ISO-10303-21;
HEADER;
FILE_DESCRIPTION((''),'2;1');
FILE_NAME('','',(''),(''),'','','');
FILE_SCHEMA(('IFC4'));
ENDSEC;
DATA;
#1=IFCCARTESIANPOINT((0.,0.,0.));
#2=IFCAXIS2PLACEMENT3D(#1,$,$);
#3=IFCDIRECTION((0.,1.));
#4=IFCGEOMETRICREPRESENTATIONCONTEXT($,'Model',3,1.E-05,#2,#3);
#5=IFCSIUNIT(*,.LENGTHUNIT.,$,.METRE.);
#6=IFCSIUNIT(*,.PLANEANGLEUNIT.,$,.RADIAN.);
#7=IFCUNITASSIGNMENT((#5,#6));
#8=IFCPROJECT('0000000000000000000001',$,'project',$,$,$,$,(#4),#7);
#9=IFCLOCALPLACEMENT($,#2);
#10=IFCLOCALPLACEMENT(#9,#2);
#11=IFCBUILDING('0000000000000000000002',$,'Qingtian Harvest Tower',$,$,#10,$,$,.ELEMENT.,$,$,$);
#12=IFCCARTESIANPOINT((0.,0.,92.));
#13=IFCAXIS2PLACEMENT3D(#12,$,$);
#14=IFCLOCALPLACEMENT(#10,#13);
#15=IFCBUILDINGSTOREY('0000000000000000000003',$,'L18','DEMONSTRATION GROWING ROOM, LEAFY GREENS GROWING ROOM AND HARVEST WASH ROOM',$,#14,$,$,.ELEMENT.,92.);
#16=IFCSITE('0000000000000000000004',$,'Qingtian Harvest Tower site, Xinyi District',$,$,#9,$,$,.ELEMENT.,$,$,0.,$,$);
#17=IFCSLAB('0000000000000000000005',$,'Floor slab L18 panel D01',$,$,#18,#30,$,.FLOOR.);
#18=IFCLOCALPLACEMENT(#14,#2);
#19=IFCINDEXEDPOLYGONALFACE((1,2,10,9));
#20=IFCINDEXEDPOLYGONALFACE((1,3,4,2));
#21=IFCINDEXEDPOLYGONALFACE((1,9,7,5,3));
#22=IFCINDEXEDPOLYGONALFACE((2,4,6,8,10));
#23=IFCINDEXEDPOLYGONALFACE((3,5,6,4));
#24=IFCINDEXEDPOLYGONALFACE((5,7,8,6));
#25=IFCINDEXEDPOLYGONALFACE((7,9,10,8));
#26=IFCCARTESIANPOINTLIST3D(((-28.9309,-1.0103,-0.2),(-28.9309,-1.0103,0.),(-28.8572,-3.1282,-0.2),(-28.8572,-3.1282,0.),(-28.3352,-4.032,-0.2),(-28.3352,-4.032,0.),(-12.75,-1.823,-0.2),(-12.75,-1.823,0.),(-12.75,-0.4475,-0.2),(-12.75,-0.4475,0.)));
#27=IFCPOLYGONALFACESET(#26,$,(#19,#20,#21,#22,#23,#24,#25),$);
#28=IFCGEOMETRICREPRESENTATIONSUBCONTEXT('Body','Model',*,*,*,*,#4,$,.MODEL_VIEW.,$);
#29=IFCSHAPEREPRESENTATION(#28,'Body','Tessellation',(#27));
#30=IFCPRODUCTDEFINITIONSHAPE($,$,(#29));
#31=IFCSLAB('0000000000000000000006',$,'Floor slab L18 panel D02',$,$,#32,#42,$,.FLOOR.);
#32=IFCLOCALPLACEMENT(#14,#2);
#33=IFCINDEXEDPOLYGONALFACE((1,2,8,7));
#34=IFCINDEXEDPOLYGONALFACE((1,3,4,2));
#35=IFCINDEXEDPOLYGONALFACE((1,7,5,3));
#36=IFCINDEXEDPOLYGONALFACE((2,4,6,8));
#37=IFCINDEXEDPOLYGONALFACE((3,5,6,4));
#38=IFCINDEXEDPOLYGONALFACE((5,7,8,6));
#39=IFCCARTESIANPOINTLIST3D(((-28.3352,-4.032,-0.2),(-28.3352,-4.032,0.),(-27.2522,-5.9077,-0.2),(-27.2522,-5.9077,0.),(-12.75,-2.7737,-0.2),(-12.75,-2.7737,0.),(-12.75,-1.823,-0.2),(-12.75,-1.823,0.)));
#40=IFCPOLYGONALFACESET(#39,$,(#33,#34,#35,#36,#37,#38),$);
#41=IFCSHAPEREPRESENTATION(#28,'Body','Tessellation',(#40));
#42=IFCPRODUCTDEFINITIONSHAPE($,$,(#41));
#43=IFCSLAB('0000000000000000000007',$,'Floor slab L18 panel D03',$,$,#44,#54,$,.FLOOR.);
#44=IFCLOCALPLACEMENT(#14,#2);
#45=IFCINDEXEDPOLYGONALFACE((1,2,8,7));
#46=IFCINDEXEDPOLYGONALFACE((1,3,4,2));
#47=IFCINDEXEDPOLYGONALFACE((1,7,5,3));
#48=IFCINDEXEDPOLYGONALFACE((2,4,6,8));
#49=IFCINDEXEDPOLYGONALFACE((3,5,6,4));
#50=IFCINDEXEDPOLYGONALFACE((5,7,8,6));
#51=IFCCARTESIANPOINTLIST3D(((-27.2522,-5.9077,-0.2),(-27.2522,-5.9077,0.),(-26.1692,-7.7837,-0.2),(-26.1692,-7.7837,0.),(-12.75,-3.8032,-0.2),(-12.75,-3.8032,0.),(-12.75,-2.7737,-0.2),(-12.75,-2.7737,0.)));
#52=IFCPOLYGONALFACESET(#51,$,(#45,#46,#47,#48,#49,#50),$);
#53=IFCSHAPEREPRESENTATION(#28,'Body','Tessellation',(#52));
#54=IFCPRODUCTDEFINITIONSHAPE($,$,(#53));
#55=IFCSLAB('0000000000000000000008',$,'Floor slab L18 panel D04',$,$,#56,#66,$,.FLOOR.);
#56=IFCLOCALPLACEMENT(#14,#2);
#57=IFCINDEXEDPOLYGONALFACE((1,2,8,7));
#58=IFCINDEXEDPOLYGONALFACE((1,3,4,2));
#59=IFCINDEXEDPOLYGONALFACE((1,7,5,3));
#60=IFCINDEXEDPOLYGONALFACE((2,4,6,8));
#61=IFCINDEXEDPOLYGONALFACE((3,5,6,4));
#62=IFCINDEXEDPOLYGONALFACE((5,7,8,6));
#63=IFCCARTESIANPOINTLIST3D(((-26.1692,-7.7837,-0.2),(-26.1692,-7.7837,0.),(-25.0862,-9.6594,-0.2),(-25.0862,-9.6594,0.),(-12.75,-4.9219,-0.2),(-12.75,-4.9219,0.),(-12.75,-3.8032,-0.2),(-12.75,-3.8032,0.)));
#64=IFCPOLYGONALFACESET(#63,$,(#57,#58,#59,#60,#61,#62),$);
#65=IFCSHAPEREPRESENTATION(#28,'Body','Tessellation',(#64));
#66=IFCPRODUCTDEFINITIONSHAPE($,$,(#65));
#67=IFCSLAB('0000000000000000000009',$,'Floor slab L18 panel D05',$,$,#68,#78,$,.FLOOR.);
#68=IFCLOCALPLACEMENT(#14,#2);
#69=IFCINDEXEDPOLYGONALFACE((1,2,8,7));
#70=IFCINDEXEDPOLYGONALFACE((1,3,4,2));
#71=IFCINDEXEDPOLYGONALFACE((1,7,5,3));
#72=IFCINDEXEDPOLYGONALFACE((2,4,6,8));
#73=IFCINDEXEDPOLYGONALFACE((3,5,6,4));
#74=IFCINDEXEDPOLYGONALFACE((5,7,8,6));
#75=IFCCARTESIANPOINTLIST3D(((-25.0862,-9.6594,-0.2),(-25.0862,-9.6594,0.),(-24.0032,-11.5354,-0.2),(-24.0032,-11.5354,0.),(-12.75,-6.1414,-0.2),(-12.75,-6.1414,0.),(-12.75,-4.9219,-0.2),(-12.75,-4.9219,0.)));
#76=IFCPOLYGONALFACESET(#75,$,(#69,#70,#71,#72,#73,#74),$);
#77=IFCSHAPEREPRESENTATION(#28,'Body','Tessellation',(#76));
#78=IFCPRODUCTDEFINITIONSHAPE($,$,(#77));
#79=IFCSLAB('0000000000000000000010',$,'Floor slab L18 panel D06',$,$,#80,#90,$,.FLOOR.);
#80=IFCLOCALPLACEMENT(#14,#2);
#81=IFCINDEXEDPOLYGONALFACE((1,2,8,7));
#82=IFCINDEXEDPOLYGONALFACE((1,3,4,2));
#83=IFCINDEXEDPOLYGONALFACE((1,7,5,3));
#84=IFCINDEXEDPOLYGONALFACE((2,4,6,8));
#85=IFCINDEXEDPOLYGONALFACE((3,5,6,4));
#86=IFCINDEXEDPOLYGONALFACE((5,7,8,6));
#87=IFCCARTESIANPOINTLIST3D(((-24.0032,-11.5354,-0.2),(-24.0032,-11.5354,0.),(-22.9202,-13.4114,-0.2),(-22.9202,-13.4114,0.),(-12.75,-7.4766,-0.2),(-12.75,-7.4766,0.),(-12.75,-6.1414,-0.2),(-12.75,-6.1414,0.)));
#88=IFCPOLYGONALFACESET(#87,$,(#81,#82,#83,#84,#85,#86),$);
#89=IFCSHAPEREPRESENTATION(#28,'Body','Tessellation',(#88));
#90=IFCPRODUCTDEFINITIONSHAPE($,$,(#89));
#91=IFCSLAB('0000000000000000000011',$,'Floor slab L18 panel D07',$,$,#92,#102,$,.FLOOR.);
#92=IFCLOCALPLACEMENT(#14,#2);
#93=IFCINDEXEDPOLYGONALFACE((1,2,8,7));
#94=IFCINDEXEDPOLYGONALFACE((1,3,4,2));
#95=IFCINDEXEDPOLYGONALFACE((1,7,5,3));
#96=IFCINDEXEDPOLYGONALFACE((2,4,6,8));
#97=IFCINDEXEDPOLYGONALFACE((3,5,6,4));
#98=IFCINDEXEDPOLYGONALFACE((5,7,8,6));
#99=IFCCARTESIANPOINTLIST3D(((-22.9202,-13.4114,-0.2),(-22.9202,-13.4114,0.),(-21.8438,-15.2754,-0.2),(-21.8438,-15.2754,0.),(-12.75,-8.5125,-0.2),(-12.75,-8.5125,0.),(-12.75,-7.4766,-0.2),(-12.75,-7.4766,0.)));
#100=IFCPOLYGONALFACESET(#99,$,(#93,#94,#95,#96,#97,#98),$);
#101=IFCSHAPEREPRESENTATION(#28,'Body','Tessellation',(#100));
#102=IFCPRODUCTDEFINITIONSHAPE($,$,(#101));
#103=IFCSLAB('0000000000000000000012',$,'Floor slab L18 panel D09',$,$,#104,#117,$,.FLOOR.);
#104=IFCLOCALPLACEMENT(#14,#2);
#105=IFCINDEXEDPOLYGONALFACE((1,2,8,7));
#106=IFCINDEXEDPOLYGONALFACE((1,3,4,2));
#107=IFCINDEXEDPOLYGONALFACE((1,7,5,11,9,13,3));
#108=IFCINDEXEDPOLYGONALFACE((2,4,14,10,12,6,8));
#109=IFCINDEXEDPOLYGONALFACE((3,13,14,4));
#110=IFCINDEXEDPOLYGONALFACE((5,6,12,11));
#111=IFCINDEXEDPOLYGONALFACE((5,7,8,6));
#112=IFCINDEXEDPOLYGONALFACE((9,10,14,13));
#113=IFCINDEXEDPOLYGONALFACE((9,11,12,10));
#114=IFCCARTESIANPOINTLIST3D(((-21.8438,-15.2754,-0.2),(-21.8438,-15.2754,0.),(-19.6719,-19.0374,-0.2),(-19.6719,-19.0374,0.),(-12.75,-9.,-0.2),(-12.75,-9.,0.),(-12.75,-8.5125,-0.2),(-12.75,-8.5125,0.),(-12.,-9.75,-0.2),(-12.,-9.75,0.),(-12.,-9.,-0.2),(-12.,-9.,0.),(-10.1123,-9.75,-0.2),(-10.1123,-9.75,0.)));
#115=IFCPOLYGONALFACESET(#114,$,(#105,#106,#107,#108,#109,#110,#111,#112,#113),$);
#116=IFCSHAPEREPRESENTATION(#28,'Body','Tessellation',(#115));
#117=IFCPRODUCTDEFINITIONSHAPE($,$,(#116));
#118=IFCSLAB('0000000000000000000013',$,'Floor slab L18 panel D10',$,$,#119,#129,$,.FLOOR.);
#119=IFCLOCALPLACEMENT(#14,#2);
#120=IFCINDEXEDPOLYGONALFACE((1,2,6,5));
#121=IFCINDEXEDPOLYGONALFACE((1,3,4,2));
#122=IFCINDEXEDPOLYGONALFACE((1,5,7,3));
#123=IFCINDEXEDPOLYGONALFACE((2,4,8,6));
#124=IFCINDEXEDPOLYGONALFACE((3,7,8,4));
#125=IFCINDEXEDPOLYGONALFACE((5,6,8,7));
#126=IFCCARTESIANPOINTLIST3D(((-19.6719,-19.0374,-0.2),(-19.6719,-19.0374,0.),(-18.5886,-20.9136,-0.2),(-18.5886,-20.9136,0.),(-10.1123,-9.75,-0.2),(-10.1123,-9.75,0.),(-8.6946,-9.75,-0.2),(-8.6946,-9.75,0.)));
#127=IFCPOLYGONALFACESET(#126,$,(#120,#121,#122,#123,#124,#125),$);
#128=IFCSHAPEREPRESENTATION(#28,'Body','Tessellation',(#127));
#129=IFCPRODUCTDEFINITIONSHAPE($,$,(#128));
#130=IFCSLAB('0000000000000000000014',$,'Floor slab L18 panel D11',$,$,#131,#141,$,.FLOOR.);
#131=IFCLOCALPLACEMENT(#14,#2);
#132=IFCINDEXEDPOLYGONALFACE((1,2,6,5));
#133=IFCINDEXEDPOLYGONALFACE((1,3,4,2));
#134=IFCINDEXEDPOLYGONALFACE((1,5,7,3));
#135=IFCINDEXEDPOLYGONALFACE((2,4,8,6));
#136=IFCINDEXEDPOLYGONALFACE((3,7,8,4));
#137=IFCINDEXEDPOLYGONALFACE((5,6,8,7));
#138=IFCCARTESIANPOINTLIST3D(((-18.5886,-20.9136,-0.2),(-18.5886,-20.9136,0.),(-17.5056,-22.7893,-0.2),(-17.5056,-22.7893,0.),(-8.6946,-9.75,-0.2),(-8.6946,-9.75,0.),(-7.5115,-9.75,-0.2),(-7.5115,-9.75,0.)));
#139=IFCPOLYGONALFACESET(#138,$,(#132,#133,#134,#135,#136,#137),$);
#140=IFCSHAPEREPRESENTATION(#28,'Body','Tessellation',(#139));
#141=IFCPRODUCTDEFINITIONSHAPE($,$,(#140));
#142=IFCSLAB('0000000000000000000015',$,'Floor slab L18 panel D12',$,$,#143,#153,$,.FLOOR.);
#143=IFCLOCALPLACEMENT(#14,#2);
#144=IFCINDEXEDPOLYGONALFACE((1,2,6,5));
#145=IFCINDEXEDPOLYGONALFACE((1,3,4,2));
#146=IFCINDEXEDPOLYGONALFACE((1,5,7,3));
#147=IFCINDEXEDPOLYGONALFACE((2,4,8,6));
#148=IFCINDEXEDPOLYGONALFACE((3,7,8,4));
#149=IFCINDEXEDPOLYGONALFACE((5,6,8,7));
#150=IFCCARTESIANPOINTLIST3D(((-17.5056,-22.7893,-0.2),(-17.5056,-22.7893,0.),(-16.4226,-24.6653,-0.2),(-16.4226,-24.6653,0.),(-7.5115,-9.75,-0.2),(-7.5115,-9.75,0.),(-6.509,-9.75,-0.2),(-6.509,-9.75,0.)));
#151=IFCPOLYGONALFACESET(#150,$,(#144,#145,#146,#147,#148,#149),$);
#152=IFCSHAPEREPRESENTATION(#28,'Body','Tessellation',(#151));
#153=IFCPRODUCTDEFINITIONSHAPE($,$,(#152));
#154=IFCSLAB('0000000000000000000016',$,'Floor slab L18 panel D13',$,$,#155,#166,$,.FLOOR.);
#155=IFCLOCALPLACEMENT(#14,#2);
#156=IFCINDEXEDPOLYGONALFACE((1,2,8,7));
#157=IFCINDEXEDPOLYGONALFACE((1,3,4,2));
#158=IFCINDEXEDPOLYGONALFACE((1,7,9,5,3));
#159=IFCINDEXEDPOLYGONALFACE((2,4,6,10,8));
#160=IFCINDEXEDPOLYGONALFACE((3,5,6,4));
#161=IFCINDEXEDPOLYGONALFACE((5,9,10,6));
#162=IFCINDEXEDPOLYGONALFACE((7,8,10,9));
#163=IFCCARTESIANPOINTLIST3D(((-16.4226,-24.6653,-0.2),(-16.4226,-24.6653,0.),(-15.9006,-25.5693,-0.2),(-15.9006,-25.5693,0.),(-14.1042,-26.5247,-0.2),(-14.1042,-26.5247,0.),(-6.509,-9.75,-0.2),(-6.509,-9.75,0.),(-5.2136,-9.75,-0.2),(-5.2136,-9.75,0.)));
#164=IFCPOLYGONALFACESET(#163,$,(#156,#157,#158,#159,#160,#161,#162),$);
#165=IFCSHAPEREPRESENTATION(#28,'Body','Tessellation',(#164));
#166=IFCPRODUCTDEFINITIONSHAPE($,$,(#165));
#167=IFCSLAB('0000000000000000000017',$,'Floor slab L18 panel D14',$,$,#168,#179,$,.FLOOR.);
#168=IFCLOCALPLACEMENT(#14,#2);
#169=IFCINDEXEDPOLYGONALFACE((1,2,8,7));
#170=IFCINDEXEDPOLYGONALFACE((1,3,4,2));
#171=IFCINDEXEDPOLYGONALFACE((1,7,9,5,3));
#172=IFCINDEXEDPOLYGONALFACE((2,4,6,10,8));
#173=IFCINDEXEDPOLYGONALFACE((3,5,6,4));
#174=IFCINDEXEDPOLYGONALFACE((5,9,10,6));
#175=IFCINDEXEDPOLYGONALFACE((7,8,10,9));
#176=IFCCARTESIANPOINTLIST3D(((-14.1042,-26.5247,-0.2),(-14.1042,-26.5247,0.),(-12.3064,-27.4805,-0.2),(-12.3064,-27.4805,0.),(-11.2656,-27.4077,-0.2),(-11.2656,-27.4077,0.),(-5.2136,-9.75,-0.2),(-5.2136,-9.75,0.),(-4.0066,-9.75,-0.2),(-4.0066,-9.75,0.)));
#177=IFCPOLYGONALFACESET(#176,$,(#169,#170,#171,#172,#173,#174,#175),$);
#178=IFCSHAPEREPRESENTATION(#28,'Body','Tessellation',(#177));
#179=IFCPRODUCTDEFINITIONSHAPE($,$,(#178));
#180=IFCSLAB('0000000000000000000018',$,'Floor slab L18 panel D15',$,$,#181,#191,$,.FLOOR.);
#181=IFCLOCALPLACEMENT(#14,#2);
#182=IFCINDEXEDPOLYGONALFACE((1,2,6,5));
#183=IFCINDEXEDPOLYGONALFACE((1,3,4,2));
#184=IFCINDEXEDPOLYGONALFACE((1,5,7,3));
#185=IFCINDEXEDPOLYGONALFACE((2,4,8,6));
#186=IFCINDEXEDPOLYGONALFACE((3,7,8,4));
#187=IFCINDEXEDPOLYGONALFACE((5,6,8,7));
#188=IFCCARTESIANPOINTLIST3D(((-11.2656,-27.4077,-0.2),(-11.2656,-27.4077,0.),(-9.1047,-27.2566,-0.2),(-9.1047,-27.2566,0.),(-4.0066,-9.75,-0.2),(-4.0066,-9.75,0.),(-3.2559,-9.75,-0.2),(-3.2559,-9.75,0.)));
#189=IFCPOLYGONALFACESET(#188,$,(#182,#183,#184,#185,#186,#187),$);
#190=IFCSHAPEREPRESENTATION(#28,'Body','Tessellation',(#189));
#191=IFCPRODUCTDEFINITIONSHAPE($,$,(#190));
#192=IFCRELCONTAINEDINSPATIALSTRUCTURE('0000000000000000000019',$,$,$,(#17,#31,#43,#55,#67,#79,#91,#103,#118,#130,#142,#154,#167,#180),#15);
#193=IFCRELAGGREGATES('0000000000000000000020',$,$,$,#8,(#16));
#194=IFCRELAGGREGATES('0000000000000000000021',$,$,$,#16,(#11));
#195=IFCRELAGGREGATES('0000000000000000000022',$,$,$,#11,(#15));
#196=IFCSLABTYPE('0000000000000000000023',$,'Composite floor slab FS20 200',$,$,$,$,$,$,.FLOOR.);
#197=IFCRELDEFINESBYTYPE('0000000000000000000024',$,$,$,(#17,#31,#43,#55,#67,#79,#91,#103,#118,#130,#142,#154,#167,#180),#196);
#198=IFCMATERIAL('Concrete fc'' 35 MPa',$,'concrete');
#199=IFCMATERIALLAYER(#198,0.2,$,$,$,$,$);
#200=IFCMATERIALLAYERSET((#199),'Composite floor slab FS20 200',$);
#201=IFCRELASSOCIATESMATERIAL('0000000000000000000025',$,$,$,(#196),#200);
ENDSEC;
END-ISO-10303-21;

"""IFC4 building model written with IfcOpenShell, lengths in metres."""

from ifc_helpers import new_model, si_unit, direction, frame, origin, place, context, subcontext, project, spatial, polyline, outline, extrude, material, layer, layer_set, type_object, element, save


model = new_model("IFC4")

# Units and contexts
model_context = context("Model", 3, precision=1e-05, world=origin(), true_north=direction((0.0, 1.0)))
body_context = subcontext(model_context, "Body", "Model", "MODEL_VIEW")
ifc_project = project(units=[si_unit("LENGTHUNIT", "METRE"), si_unit("PLANEANGLEUNIT", "RADIAN")], contexts=[model_context])

# Site, building, storey
site_placement = place(None, origin())
site = spatial("IfcSite", under=ifc_project, at=site_placement, Name="Qingtian Harvest Tower site, Xinyi District", CompositionType="ELEMENT", RefElevation=0.0)
building_placement = place(site_placement, origin())
building = spatial("IfcBuilding", under=site, at=building_placement, Name="Qingtian Harvest Tower", CompositionType="ELEMENT")
storey_placement = place(building_placement, frame((0.0, 0.0, 92.0)))
storey = spatial("IfcBuildingStorey", under=building, at=storey_placement, Name="L18", Description="DEMONSTRATION GROWING ROOM, LEAFY GREENS GROWING ROOM AND HARVEST WASH ROOM", CompositionType="ELEMENT", Elevation=92.0)

# Slabs
ifc_material_1 = material(Name="Concrete fc' 35 MPa", Category="concrete")
ifc_layer_1 = layer(ifc_material_1, 0.2)
ifc_layer_set_1 = layer_set([ifc_layer_1], Name="Composite floor slab FS20 200")
slab_type_1 = type_object("IfcSlabType", Name="Composite floor slab FS20 200", PredefinedType="FLOOR", material=ifc_layer_set_1)
slab_1_placement = place(storey_placement, frame((0.0, 0.0, -0.2)))
element("IfcSlab", 1, at=slab_1_placement, inside=storey, type_object=slab_type_1, Name="Floor slab L18 panel D01", PredefinedType="FLOOR", context=body_context, shape_type="SweptSolid", body=[
    extrude(outline(polyline([(-28.9309, -1.0103), (-12.75, -0.4475), (-12.75, -1.823), (-28.3352, -4.032), (-28.8572, -3.1282), (-28.9309, -1.0103)])), origin(), (0.0, 0.0, 1.0), 0.2),
])
slab_2_placement = place(storey_placement, frame((0.0, 0.0, -0.2)))
element("IfcSlab", 2, at=slab_2_placement, inside=storey, type_object=slab_type_1, Name="Floor slab L18 panel D02", PredefinedType="FLOOR", context=body_context, shape_type="SweptSolid", body=[
    extrude(outline(polyline([(-12.75, -2.7737), (-27.2522, -5.9077), (-28.3352, -4.032), (-12.75, -1.823), (-12.75, -2.7737)])), origin(), (0.0, 0.0, 1.0), 0.2),
])
slab_3_placement = place(storey_placement, frame((0.0, 0.0, -0.2)))
element("IfcSlab", 3, at=slab_3_placement, inside=storey, type_object=slab_type_1, Name="Floor slab L18 panel D03", PredefinedType="FLOOR", context=body_context, shape_type="SweptSolid", body=[
    extrude(outline(polyline([(-12.75, -3.8032), (-26.1692, -7.7837), (-27.2522, -5.9077), (-12.75, -2.7737), (-12.75, -3.8032)])), origin(), (0.0, 0.0, 1.0), 0.2),
])
slab_4_placement = place(storey_placement, frame((0.0, 0.0, -0.2)))
element("IfcSlab", 4, at=slab_4_placement, inside=storey, type_object=slab_type_1, Name="Floor slab L18 panel D04", PredefinedType="FLOOR", context=body_context, shape_type="SweptSolid", body=[
    extrude(outline(polyline([(-12.75, -4.9219), (-25.0862, -9.6594), (-26.1692, -7.7837), (-12.75, -3.8032), (-12.75, -4.9219)])), origin(), (0.0, 0.0, 1.0), 0.2),
])
slab_5_placement = place(storey_placement, frame((0.0, 0.0, -0.2)))
element("IfcSlab", 5, at=slab_5_placement, inside=storey, type_object=slab_type_1, Name="Floor slab L18 panel D05", PredefinedType="FLOOR", context=body_context, shape_type="SweptSolid", body=[
    extrude(outline(polyline([(-12.75, -6.1414), (-24.0032, -11.5354), (-25.0862, -9.6594), (-12.75, -4.9219), (-12.75, -6.1414)])), origin(), (0.0, 0.0, 1.0), 0.2),
])
slab_6_placement = place(storey_placement, frame((0.0, 0.0, -0.2)))
element("IfcSlab", 6, at=slab_6_placement, inside=storey, type_object=slab_type_1, Name="Floor slab L18 panel D06", PredefinedType="FLOOR", context=body_context, shape_type="SweptSolid", body=[
    extrude(outline(polyline([(-12.75, -7.4766), (-22.9202, -13.4114), (-24.0032, -11.5354), (-12.75, -6.1414), (-12.75, -7.4766)])), origin(), (0.0, 0.0, 1.0), 0.2),
])
slab_7_placement = place(storey_placement, frame((0.0, 0.0, -0.2)))
element("IfcSlab", 7, at=slab_7_placement, inside=storey, type_object=slab_type_1, Name="Floor slab L18 panel D07", PredefinedType="FLOOR", context=body_context, shape_type="SweptSolid", body=[
    extrude(outline(polyline([(-12.75, -8.5125), (-21.8438, -15.2754), (-22.9202, -13.4114), (-12.75, -7.4766), (-12.75, -8.5125)])), origin(), (0.0, 0.0, 1.0), 0.2),
])
slab_8_placement = place(storey_placement, frame((0.0, 0.0, -0.2)))
element("IfcSlab", 8, at=slab_8_placement, inside=storey, type_object=slab_type_1, Name="Floor slab L18 panel D09", PredefinedType="FLOOR", context=body_context, shape_type="SweptSolid", body=[
    extrude(outline(polyline([(-19.6719, -19.0374), (-21.8438, -15.2754), (-12.75, -8.5125), (-12.75, -9.0), (-12.0, -9.0), (-12.0, -9.75), (-10.1123, -9.75), (-19.6719, -19.0374)])), origin(), (0.0, 0.0, 1.0), 0.2),
])
slab_9_placement = place(storey_placement, frame((0.0, 0.0, -0.2)))
element("IfcSlab", 9, at=slab_9_placement, inside=storey, type_object=slab_type_1, Name="Floor slab L18 panel D10", PredefinedType="FLOOR", context=body_context, shape_type="SweptSolid", body=[
    extrude(outline(polyline([(-8.6946, -9.75), (-18.5886, -20.9136), (-19.6719, -19.0374), (-10.1123, -9.75), (-8.6946, -9.75)])), origin(), (0.0, 0.0, 1.0), 0.2),
])
slab_10_placement = place(storey_placement, frame((0.0, 0.0, -0.2)))
element("IfcSlab", 10, at=slab_10_placement, inside=storey, type_object=slab_type_1, Name="Floor slab L18 panel D11", PredefinedType="FLOOR", context=body_context, shape_type="SweptSolid", body=[
    extrude(outline(polyline([(-7.5115, -9.75), (-17.5056, -22.7893), (-18.5886, -20.9136), (-8.6946, -9.75), (-7.5115, -9.75)])), origin(), (0.0, 0.0, 1.0), 0.2),
])
slab_11_placement = place(storey_placement, frame((0.0, 0.0, -0.2)))
element("IfcSlab", 11, at=slab_11_placement, inside=storey, type_object=slab_type_1, Name="Floor slab L18 panel D12", PredefinedType="FLOOR", context=body_context, shape_type="SweptSolid", body=[
    extrude(outline(polyline([(-6.509, -9.75), (-16.4226, -24.6653), (-17.5056, -22.7893), (-7.5115, -9.75), (-6.509, -9.75)])), origin(), (0.0, 0.0, 1.0), 0.2),
])
slab_12_placement = place(storey_placement, frame((0.0, 0.0, -0.2)))
element("IfcSlab", 12, at=slab_12_placement, inside=storey, type_object=slab_type_1, Name="Floor slab L18 panel D13", PredefinedType="FLOOR", context=body_context, shape_type="SweptSolid", body=[
    extrude(outline(polyline([(-6.509, -9.75), (-5.2136, -9.75), (-14.1042, -26.5247), (-15.9006, -25.5693), (-16.4226, -24.6653), (-6.509, -9.75)])), origin(), (0.0, 0.0, 1.0), 0.2),
])
slab_13_placement = place(storey_placement, frame((0.0, 0.0, -0.2)))
element("IfcSlab", 13, at=slab_13_placement, inside=storey, type_object=slab_type_1, Name="Floor slab L18 panel D14", PredefinedType="FLOOR", context=body_context, shape_type="SweptSolid", body=[
    extrude(outline(polyline([(-5.2136, -9.75), (-4.0066, -9.75), (-11.2656, -27.4077), (-12.3064, -27.4805), (-14.1042, -26.5247), (-5.2136, -9.75)])), origin(), (0.0, 0.0, 1.0), 0.2),
])
slab_14_placement = place(storey_placement, frame((0.0, 0.0, -0.2)))
element("IfcSlab", 14, at=slab_14_placement, inside=storey, type_object=slab_type_1, Name="Floor slab L18 panel D15", PredefinedType="FLOOR", context=body_context, shape_type="SweptSolid", body=[
    extrude(outline(polyline([(-3.2559, -9.75), (-9.1047, -27.2566), (-11.2656, -27.4077), (-4.0066, -9.75), (-3.2559, -9.75)])), origin(), (0.0, 0.0, 1.0), 0.2),
])

save(model, "model.ifc")
